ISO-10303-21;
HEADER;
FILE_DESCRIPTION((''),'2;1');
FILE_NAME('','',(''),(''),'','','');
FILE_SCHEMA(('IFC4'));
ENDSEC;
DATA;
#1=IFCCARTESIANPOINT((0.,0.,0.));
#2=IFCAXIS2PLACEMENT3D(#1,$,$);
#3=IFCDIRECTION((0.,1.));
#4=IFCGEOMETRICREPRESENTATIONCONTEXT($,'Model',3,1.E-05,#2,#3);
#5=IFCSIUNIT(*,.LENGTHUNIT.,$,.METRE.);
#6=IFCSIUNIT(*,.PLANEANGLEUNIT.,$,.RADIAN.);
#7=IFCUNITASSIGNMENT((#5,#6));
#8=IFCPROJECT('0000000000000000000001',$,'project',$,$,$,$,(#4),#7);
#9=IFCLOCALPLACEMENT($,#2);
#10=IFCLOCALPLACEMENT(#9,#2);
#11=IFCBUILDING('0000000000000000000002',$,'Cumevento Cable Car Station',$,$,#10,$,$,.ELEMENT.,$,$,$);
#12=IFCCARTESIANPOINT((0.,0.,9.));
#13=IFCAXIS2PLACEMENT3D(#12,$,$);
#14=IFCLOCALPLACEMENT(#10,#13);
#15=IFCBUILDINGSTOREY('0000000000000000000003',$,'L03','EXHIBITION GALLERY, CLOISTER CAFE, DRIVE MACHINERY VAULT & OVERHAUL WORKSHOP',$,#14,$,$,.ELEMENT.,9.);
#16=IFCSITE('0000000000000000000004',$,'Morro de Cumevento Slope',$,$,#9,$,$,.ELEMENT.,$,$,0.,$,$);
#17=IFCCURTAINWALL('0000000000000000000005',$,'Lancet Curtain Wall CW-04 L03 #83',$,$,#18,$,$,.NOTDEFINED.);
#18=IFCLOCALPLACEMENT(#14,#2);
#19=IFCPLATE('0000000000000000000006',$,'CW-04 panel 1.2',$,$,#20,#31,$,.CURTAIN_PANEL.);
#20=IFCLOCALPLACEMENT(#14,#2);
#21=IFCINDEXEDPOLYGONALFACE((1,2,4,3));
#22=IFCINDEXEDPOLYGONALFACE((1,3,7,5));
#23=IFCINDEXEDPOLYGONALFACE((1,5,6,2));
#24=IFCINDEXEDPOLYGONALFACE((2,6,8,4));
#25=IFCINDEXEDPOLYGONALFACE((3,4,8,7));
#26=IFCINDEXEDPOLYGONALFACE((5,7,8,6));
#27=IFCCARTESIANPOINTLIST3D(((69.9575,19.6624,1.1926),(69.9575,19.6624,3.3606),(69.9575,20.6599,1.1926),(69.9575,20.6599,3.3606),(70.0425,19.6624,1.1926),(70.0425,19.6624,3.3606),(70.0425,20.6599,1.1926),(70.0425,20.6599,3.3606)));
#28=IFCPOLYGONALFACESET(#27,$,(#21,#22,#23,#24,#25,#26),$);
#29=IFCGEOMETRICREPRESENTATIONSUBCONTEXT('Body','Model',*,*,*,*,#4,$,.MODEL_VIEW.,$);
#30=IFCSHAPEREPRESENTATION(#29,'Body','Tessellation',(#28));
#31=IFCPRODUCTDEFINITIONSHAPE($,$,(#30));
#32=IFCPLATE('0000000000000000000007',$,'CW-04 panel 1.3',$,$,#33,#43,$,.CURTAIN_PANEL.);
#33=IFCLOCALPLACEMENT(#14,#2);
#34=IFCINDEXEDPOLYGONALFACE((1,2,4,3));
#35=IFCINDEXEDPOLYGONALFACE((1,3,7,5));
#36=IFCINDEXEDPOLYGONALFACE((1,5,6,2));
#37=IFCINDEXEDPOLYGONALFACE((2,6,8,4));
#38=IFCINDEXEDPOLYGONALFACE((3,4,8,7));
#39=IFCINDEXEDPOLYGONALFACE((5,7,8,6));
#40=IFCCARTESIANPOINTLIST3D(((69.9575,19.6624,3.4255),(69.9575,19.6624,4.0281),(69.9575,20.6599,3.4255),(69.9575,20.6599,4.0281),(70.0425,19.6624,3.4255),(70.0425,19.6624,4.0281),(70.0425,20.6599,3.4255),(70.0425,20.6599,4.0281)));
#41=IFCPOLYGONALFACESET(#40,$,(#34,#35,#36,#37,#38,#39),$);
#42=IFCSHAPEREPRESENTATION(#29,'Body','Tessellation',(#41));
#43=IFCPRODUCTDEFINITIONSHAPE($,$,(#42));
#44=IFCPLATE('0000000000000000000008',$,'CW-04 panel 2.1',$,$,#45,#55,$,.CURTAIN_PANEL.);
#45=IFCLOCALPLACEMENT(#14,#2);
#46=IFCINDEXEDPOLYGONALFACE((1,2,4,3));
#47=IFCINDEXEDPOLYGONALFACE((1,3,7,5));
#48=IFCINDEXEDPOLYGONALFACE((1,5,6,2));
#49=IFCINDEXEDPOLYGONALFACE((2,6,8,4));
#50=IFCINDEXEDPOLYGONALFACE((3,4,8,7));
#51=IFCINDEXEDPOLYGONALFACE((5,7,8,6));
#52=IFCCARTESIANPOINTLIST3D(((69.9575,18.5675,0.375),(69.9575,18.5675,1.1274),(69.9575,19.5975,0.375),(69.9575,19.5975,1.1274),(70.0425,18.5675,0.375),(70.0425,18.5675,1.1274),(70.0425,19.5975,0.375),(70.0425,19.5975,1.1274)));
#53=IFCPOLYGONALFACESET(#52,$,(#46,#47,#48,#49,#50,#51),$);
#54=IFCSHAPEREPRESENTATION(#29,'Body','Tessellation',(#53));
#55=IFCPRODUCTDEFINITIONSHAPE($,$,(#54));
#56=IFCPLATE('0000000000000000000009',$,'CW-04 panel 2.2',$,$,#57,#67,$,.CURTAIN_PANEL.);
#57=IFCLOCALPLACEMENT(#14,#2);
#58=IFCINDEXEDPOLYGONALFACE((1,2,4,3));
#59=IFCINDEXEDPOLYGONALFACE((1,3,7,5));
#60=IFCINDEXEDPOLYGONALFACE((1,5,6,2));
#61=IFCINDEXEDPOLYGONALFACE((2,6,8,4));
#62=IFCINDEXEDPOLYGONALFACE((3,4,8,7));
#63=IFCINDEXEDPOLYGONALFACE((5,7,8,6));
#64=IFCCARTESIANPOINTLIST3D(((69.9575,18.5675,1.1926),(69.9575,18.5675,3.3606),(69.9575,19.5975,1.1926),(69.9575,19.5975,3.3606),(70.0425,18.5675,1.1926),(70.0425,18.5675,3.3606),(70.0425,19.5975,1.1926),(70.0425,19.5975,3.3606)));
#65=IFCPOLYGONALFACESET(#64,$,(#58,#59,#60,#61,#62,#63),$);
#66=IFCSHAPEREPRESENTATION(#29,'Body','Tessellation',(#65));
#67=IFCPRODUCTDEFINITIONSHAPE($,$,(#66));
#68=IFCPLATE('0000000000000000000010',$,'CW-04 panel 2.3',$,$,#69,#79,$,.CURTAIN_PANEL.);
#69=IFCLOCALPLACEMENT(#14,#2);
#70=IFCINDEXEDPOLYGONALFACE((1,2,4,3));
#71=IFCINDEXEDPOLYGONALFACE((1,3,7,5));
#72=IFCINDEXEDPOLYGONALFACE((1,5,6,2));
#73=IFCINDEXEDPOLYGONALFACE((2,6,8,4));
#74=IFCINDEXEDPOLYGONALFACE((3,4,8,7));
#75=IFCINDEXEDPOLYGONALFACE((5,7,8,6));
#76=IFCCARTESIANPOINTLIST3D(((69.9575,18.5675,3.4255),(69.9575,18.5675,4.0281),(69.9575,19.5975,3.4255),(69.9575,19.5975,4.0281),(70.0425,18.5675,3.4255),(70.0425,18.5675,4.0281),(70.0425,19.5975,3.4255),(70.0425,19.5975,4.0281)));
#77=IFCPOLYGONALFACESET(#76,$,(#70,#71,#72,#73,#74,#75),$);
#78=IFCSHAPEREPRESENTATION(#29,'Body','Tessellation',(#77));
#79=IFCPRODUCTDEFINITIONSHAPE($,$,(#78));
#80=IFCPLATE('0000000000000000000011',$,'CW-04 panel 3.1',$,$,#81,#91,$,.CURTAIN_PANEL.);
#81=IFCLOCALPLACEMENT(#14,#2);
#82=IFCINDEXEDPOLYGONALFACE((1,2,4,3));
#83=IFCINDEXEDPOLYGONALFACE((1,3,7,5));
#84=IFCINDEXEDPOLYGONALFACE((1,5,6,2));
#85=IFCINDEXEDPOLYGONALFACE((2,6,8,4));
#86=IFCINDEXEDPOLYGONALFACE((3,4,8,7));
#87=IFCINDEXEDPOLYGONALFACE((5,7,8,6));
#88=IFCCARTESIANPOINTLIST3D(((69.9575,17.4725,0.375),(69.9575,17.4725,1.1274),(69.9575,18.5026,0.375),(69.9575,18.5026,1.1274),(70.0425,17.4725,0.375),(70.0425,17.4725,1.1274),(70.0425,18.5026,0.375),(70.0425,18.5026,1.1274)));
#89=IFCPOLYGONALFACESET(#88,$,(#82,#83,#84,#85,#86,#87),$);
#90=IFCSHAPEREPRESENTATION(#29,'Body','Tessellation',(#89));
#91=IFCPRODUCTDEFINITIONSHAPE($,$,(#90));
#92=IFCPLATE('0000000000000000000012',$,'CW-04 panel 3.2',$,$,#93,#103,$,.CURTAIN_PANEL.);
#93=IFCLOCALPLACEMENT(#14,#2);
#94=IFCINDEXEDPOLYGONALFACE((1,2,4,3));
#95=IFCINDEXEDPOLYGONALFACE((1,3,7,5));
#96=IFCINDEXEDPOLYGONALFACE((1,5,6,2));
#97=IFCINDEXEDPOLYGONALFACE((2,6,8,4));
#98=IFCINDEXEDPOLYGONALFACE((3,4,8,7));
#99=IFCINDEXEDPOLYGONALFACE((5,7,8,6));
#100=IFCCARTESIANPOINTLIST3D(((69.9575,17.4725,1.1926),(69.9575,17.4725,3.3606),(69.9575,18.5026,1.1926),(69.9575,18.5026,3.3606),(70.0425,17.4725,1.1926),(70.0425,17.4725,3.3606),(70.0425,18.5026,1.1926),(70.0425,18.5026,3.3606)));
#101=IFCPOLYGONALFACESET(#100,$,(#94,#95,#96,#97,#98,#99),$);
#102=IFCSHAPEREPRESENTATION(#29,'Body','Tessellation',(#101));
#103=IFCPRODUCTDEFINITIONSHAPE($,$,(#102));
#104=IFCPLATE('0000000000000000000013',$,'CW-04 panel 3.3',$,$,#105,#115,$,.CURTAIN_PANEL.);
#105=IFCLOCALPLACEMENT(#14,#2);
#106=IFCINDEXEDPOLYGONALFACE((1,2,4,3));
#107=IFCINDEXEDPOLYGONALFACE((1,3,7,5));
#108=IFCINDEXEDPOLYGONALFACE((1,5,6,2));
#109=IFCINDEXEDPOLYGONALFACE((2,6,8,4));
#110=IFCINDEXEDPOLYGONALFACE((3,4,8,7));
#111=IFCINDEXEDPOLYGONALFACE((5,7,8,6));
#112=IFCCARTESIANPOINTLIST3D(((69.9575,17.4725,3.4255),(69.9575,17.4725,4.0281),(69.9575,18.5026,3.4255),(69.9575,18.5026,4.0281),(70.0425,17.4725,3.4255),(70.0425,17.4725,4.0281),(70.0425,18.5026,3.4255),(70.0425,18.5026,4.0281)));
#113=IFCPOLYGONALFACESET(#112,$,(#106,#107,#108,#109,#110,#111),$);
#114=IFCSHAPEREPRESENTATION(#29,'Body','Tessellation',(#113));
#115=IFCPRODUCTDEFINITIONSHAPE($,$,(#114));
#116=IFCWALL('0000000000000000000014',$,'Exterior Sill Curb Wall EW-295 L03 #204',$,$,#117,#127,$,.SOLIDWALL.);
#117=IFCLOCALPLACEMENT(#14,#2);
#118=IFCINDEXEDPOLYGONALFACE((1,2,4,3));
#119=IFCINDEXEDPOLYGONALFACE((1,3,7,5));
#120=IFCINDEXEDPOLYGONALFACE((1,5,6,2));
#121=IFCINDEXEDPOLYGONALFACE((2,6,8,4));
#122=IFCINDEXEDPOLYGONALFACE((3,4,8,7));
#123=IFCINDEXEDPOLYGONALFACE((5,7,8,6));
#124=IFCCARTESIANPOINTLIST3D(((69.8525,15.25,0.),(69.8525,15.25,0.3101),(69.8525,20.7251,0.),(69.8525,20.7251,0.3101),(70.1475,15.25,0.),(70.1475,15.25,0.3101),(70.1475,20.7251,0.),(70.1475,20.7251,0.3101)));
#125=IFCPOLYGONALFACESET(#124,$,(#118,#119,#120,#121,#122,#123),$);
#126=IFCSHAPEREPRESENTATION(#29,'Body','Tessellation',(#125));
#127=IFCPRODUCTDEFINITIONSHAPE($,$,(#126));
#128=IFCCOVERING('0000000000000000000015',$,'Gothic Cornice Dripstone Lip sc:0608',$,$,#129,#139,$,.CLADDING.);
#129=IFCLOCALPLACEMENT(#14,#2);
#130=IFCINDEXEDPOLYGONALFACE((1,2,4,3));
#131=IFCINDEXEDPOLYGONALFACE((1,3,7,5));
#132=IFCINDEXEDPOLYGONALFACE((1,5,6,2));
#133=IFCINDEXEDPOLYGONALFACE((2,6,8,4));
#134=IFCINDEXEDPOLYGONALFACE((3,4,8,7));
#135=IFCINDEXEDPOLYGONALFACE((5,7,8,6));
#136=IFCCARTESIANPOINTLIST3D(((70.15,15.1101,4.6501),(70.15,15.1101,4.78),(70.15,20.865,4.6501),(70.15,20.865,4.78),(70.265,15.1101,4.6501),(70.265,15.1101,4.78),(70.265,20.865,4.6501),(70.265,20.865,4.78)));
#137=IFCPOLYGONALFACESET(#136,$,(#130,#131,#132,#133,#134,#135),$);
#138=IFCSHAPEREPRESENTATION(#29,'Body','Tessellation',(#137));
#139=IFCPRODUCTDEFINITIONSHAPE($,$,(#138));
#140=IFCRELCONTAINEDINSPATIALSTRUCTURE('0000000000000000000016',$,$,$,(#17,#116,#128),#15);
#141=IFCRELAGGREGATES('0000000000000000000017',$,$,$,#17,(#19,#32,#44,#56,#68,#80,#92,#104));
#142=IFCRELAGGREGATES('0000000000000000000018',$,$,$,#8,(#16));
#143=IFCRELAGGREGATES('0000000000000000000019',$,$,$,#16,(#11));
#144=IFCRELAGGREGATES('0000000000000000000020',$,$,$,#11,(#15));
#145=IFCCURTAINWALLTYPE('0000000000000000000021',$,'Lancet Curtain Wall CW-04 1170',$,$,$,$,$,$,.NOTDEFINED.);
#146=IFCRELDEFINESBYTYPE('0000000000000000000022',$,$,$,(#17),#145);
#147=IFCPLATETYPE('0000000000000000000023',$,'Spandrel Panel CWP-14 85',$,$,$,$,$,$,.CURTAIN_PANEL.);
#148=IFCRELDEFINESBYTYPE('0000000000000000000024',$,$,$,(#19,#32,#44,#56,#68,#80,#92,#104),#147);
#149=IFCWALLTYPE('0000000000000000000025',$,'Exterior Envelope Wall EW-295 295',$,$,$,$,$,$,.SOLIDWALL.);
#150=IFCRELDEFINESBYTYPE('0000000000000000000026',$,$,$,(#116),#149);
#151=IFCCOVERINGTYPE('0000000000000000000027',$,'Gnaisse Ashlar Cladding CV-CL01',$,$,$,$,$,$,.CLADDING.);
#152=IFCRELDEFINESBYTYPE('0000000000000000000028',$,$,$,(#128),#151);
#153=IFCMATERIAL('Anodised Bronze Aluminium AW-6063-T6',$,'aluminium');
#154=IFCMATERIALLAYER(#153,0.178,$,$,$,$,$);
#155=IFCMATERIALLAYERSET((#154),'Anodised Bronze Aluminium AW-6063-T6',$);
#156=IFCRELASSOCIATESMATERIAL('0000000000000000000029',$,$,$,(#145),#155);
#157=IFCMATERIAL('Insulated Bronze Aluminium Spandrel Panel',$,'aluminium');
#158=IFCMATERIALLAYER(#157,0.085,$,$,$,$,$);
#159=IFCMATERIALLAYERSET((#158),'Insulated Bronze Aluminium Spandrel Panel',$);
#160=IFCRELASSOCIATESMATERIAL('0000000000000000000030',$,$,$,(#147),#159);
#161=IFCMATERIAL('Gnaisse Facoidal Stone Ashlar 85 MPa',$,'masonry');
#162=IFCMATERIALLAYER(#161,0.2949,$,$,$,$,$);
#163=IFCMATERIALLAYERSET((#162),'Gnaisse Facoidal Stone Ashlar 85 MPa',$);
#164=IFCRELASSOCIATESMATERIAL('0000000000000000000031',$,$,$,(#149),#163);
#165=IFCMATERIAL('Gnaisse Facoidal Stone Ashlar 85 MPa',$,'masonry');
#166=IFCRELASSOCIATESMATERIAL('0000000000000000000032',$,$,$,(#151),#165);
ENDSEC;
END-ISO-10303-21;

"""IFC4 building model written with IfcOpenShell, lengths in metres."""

from ifc_helpers import new_model, si_unit, direction, frame, frame_2d, origin, origin_2d, place, context, subcontext, project, spatial, rectangle, extrude, material, layer, layer_set, type_object, element, aggregate, save


model = new_model("IFC4")

# Units and contexts
model_context = context("Model", 3, precision=1e-05, world=origin(), true_north=direction((0.0, 1.0)))
body_context = subcontext(model_context, "Body", "Model", "MODEL_VIEW")
ifc_project = project(units=[si_unit("LENGTHUNIT", "METRE"), si_unit("PLANEANGLEUNIT", "RADIAN")], contexts=[model_context])

# Site, building, storey
site_placement = place(None, origin())
site = spatial("IfcSite", under=ifc_project, at=site_placement, Name="Morro de Cumevento Slope", CompositionType="ELEMENT", RefElevation=0.0)
building_placement = place(site_placement, origin())
building = spatial("IfcBuilding", under=site, at=building_placement, Name="Cumevento Cable Car Station", CompositionType="ELEMENT")
storey_placement = place(building_placement, frame((0.0, 0.0, 9.0)))
storey = spatial("IfcBuildingStorey", under=building, at=storey_placement, Name="L03", Description="EXHIBITION GALLERY, CLOISTER CAFE, DRIVE MACHINERY VAULT & OVERHAUL WORKSHOP", CompositionType="ELEMENT", Elevation=9.0)

# Curtain wall, plates
ifc_material_1 = material(Name="Anodised Bronze Aluminium AW-6063-T6", Category="aluminium")
ifc_layer_1 = layer(ifc_material_1, 0.178)
ifc_layer_set_1 = layer_set([ifc_layer_1], Name="Anodised Bronze Aluminium AW-6063-T6")
curtain_wall_type = type_object("IfcCurtainWallType", Name="Lancet Curtain Wall CW-04 1170", PredefinedType="NOTDEFINED", material=ifc_layer_set_1)
curtain_wall_placement = place(storey_placement, origin())
curtain_wall = element("IfcCurtainWall", 1, at=curtain_wall_placement, inside=storey, type_object=curtain_wall_type, Name="Lancet Curtain Wall CW-04 L03 #83", PredefinedType="NOTDEFINED")
ifc_material_2 = material(Name="Insulated Bronze Aluminium Spandrel Panel", Category="aluminium")
ifc_layer_2 = layer(ifc_material_2, 0.085)
ifc_layer_set_2 = layer_set([ifc_layer_2], Name="Insulated Bronze Aluminium Spandrel Panel")
plate_type = type_object("IfcPlateType", Name="Spandrel Panel CWP-14 85", PredefinedType="CURTAIN_PANEL", material=ifc_layer_set_2)
plate_1_placement = place(storey_placement, frame((70.0, 20.1611, 1.1926), z_axis=(0.0, 0.0, 1.0), x_axis=(0.0, -1.0, 0.0)))
plate_1 = element("IfcPlate", 2, at=plate_1_placement, type_object=plate_type, Name="CW-04 panel 1.2", PredefinedType="CURTAIN_PANEL", context=body_context, shape_type="SweptSolid", body=[
    extrude(rectangle(XDim=0.9976, YDim=0.085, at=origin_2d()), origin(), (0.0, 0.0, 1.0), 2.168),
])
plate_2_placement = place(storey_placement, frame((70.0, 20.1611, 3.4255), z_axis=(0.0, 0.0, 1.0), x_axis=(0.0, -1.0, 0.0)))
plate_2 = element("IfcPlate", 3, at=plate_2_placement, type_object=plate_type, Name="CW-04 panel 1.3", PredefinedType="CURTAIN_PANEL", context=body_context, shape_type="SweptSolid", body=[
    extrude(rectangle(XDim=0.9976, YDim=0.085, at=origin_2d()), origin(), (0.0, 0.0, 1.0), 0.6025),
])
plate_3_placement = place(storey_placement, frame((70.0, 19.0825, 0.375), z_axis=(0.0, 0.0, 1.0), x_axis=(0.0, -1.0, 0.0)))
plate_3 = element("IfcPlate", 4, at=plate_3_placement, type_object=plate_type, Name="CW-04 panel 2.1", PredefinedType="CURTAIN_PANEL", context=body_context, shape_type="SweptSolid", body=[
    extrude(rectangle(XDim=1.03, YDim=0.085, at=origin_2d()), origin(), (0.0, 0.0, 1.0), 0.7524),
])
plate_4_placement = place(storey_placement, frame((70.0, 19.0825, 1.1926), z_axis=(0.0, 0.0, 1.0), x_axis=(0.0, -1.0, 0.0)))
plate_4 = element("IfcPlate", 5, at=plate_4_placement, type_object=plate_type, Name="CW-04 panel 2.2", PredefinedType="CURTAIN_PANEL", context=body_context, shape_type="SweptSolid", body=[
    extrude(rectangle(XDim=1.03, YDim=0.085, at=origin_2d()), origin(), (0.0, 0.0, 1.0), 2.168),
])
plate_5_placement = place(storey_placement, frame((70.0, 19.0825, 3.4255), z_axis=(0.0, 0.0, 1.0), x_axis=(0.0, -1.0, 0.0)))
plate_5 = element("IfcPlate", 6, at=plate_5_placement, type_object=plate_type, Name="CW-04 panel 2.3", PredefinedType="CURTAIN_PANEL", context=body_context, shape_type="SweptSolid", body=[
    extrude(rectangle(XDim=1.03, YDim=0.085, at=origin_2d()), origin(), (0.0, 0.0, 1.0), 0.6025),
])
plate_6_placement = place(storey_placement, frame((70.0, 17.9875, 0.375), z_axis=(0.0, 0.0, 1.0), x_axis=(0.0, -1.0, 0.0)))
plate_6 = element("IfcPlate", 7, at=plate_6_placement, type_object=plate_type, Name="CW-04 panel 3.1", PredefinedType="CURTAIN_PANEL", context=body_context, shape_type="SweptSolid", body=[
    extrude(rectangle(XDim=1.03, YDim=0.085, at=origin_2d()), origin(), (0.0, 0.0, 1.0), 0.7524),
])
plate_7_placement = place(storey_placement, frame((70.0, 17.9875, 1.1926), z_axis=(0.0, 0.0, 1.0), x_axis=(0.0, -1.0, 0.0)))
plate_7 = element("IfcPlate", 8, at=plate_7_placement, type_object=plate_type, Name="CW-04 panel 3.2", PredefinedType="CURTAIN_PANEL", context=body_context, shape_type="SweptSolid", body=[
    extrude(rectangle(XDim=1.03, YDim=0.085, at=origin_2d()), origin(), (0.0, 0.0, 1.0), 2.168),
])
plate_8_placement = place(storey_placement, frame((70.0, 17.9875, 3.4255), z_axis=(0.0, 0.0, 1.0), x_axis=(0.0, -1.0, 0.0)))
plate_8 = element("IfcPlate", 9, at=plate_8_placement, type_object=plate_type, Name="CW-04 panel 3.3", PredefinedType="CURTAIN_PANEL", context=body_context, shape_type="SweptSolid", body=[
    extrude(rectangle(XDim=1.03, YDim=0.085, at=origin_2d()), origin(), (0.0, 0.0, 1.0), 0.6025),
])
aggregate(curtain_wall, [plate_1, plate_2, plate_3, plate_4, plate_5, plate_6, plate_7, plate_8])

# Wall
ifc_material_3 = material(Name="Gnaisse Facoidal Stone Ashlar 85 MPa", Category="masonry")
ifc_layer_3 = layer(ifc_material_3, 0.2949)
ifc_layer_set_3 = layer_set([ifc_layer_3], Name="Gnaisse Facoidal Stone Ashlar 85 MPa")
wall_type = type_object("IfcWallType", Name="Exterior Envelope Wall EW-295 295", PredefinedType="SOLIDWALL", material=ifc_layer_set_3)
wall_placement = place(storey_placement, frame((70.0, 20.7251, 0.0), z_axis=(0.0, 0.0, 1.0), x_axis=(0.0, -1.0, 0.0)))
element("IfcWall", 10, at=wall_placement, inside=storey, type_object=wall_type, Name="Exterior Sill Curb Wall EW-295 L03 #204", PredefinedType="SOLIDWALL", context=body_context, shape_type="SweptSolid", body=[
    extrude(rectangle(XDim=5.4751, YDim=0.2949, at=frame_2d((2.7375, 0.0))), origin(), (0.0, 0.0, 1.0), 0.3101),
])

# Covering
ifc_material_4 = material(Name="Gnaisse Facoidal Stone Ashlar 85 MPa", Category="masonry")
covering_type = type_object("IfcCoveringType", Name="Gnaisse Ashlar Cladding CV-CL01", PredefinedType="CLADDING", material=ifc_material_4)
covering_1_placement = place(storey_placement, frame((70.2075, 17.9875, 4.6501), z_axis=(0.0, 0.0, 1.0), x_axis=(0.0, -1.0, 0.0)))
element("IfcCovering", 11, at=covering_1_placement, inside=storey, type_object=covering_type, Name="Gothic Cornice Dripstone Lip sc:0608", PredefinedType="CLADDING", context=body_context, shape_type="SweptSolid", body=[
    extrude(rectangle(XDim=5.7549, YDim=0.115, at=origin_2d()), origin(), (0.0, 0.0, 1.0), 0.1299),
])

save(model, "model.ifc")
